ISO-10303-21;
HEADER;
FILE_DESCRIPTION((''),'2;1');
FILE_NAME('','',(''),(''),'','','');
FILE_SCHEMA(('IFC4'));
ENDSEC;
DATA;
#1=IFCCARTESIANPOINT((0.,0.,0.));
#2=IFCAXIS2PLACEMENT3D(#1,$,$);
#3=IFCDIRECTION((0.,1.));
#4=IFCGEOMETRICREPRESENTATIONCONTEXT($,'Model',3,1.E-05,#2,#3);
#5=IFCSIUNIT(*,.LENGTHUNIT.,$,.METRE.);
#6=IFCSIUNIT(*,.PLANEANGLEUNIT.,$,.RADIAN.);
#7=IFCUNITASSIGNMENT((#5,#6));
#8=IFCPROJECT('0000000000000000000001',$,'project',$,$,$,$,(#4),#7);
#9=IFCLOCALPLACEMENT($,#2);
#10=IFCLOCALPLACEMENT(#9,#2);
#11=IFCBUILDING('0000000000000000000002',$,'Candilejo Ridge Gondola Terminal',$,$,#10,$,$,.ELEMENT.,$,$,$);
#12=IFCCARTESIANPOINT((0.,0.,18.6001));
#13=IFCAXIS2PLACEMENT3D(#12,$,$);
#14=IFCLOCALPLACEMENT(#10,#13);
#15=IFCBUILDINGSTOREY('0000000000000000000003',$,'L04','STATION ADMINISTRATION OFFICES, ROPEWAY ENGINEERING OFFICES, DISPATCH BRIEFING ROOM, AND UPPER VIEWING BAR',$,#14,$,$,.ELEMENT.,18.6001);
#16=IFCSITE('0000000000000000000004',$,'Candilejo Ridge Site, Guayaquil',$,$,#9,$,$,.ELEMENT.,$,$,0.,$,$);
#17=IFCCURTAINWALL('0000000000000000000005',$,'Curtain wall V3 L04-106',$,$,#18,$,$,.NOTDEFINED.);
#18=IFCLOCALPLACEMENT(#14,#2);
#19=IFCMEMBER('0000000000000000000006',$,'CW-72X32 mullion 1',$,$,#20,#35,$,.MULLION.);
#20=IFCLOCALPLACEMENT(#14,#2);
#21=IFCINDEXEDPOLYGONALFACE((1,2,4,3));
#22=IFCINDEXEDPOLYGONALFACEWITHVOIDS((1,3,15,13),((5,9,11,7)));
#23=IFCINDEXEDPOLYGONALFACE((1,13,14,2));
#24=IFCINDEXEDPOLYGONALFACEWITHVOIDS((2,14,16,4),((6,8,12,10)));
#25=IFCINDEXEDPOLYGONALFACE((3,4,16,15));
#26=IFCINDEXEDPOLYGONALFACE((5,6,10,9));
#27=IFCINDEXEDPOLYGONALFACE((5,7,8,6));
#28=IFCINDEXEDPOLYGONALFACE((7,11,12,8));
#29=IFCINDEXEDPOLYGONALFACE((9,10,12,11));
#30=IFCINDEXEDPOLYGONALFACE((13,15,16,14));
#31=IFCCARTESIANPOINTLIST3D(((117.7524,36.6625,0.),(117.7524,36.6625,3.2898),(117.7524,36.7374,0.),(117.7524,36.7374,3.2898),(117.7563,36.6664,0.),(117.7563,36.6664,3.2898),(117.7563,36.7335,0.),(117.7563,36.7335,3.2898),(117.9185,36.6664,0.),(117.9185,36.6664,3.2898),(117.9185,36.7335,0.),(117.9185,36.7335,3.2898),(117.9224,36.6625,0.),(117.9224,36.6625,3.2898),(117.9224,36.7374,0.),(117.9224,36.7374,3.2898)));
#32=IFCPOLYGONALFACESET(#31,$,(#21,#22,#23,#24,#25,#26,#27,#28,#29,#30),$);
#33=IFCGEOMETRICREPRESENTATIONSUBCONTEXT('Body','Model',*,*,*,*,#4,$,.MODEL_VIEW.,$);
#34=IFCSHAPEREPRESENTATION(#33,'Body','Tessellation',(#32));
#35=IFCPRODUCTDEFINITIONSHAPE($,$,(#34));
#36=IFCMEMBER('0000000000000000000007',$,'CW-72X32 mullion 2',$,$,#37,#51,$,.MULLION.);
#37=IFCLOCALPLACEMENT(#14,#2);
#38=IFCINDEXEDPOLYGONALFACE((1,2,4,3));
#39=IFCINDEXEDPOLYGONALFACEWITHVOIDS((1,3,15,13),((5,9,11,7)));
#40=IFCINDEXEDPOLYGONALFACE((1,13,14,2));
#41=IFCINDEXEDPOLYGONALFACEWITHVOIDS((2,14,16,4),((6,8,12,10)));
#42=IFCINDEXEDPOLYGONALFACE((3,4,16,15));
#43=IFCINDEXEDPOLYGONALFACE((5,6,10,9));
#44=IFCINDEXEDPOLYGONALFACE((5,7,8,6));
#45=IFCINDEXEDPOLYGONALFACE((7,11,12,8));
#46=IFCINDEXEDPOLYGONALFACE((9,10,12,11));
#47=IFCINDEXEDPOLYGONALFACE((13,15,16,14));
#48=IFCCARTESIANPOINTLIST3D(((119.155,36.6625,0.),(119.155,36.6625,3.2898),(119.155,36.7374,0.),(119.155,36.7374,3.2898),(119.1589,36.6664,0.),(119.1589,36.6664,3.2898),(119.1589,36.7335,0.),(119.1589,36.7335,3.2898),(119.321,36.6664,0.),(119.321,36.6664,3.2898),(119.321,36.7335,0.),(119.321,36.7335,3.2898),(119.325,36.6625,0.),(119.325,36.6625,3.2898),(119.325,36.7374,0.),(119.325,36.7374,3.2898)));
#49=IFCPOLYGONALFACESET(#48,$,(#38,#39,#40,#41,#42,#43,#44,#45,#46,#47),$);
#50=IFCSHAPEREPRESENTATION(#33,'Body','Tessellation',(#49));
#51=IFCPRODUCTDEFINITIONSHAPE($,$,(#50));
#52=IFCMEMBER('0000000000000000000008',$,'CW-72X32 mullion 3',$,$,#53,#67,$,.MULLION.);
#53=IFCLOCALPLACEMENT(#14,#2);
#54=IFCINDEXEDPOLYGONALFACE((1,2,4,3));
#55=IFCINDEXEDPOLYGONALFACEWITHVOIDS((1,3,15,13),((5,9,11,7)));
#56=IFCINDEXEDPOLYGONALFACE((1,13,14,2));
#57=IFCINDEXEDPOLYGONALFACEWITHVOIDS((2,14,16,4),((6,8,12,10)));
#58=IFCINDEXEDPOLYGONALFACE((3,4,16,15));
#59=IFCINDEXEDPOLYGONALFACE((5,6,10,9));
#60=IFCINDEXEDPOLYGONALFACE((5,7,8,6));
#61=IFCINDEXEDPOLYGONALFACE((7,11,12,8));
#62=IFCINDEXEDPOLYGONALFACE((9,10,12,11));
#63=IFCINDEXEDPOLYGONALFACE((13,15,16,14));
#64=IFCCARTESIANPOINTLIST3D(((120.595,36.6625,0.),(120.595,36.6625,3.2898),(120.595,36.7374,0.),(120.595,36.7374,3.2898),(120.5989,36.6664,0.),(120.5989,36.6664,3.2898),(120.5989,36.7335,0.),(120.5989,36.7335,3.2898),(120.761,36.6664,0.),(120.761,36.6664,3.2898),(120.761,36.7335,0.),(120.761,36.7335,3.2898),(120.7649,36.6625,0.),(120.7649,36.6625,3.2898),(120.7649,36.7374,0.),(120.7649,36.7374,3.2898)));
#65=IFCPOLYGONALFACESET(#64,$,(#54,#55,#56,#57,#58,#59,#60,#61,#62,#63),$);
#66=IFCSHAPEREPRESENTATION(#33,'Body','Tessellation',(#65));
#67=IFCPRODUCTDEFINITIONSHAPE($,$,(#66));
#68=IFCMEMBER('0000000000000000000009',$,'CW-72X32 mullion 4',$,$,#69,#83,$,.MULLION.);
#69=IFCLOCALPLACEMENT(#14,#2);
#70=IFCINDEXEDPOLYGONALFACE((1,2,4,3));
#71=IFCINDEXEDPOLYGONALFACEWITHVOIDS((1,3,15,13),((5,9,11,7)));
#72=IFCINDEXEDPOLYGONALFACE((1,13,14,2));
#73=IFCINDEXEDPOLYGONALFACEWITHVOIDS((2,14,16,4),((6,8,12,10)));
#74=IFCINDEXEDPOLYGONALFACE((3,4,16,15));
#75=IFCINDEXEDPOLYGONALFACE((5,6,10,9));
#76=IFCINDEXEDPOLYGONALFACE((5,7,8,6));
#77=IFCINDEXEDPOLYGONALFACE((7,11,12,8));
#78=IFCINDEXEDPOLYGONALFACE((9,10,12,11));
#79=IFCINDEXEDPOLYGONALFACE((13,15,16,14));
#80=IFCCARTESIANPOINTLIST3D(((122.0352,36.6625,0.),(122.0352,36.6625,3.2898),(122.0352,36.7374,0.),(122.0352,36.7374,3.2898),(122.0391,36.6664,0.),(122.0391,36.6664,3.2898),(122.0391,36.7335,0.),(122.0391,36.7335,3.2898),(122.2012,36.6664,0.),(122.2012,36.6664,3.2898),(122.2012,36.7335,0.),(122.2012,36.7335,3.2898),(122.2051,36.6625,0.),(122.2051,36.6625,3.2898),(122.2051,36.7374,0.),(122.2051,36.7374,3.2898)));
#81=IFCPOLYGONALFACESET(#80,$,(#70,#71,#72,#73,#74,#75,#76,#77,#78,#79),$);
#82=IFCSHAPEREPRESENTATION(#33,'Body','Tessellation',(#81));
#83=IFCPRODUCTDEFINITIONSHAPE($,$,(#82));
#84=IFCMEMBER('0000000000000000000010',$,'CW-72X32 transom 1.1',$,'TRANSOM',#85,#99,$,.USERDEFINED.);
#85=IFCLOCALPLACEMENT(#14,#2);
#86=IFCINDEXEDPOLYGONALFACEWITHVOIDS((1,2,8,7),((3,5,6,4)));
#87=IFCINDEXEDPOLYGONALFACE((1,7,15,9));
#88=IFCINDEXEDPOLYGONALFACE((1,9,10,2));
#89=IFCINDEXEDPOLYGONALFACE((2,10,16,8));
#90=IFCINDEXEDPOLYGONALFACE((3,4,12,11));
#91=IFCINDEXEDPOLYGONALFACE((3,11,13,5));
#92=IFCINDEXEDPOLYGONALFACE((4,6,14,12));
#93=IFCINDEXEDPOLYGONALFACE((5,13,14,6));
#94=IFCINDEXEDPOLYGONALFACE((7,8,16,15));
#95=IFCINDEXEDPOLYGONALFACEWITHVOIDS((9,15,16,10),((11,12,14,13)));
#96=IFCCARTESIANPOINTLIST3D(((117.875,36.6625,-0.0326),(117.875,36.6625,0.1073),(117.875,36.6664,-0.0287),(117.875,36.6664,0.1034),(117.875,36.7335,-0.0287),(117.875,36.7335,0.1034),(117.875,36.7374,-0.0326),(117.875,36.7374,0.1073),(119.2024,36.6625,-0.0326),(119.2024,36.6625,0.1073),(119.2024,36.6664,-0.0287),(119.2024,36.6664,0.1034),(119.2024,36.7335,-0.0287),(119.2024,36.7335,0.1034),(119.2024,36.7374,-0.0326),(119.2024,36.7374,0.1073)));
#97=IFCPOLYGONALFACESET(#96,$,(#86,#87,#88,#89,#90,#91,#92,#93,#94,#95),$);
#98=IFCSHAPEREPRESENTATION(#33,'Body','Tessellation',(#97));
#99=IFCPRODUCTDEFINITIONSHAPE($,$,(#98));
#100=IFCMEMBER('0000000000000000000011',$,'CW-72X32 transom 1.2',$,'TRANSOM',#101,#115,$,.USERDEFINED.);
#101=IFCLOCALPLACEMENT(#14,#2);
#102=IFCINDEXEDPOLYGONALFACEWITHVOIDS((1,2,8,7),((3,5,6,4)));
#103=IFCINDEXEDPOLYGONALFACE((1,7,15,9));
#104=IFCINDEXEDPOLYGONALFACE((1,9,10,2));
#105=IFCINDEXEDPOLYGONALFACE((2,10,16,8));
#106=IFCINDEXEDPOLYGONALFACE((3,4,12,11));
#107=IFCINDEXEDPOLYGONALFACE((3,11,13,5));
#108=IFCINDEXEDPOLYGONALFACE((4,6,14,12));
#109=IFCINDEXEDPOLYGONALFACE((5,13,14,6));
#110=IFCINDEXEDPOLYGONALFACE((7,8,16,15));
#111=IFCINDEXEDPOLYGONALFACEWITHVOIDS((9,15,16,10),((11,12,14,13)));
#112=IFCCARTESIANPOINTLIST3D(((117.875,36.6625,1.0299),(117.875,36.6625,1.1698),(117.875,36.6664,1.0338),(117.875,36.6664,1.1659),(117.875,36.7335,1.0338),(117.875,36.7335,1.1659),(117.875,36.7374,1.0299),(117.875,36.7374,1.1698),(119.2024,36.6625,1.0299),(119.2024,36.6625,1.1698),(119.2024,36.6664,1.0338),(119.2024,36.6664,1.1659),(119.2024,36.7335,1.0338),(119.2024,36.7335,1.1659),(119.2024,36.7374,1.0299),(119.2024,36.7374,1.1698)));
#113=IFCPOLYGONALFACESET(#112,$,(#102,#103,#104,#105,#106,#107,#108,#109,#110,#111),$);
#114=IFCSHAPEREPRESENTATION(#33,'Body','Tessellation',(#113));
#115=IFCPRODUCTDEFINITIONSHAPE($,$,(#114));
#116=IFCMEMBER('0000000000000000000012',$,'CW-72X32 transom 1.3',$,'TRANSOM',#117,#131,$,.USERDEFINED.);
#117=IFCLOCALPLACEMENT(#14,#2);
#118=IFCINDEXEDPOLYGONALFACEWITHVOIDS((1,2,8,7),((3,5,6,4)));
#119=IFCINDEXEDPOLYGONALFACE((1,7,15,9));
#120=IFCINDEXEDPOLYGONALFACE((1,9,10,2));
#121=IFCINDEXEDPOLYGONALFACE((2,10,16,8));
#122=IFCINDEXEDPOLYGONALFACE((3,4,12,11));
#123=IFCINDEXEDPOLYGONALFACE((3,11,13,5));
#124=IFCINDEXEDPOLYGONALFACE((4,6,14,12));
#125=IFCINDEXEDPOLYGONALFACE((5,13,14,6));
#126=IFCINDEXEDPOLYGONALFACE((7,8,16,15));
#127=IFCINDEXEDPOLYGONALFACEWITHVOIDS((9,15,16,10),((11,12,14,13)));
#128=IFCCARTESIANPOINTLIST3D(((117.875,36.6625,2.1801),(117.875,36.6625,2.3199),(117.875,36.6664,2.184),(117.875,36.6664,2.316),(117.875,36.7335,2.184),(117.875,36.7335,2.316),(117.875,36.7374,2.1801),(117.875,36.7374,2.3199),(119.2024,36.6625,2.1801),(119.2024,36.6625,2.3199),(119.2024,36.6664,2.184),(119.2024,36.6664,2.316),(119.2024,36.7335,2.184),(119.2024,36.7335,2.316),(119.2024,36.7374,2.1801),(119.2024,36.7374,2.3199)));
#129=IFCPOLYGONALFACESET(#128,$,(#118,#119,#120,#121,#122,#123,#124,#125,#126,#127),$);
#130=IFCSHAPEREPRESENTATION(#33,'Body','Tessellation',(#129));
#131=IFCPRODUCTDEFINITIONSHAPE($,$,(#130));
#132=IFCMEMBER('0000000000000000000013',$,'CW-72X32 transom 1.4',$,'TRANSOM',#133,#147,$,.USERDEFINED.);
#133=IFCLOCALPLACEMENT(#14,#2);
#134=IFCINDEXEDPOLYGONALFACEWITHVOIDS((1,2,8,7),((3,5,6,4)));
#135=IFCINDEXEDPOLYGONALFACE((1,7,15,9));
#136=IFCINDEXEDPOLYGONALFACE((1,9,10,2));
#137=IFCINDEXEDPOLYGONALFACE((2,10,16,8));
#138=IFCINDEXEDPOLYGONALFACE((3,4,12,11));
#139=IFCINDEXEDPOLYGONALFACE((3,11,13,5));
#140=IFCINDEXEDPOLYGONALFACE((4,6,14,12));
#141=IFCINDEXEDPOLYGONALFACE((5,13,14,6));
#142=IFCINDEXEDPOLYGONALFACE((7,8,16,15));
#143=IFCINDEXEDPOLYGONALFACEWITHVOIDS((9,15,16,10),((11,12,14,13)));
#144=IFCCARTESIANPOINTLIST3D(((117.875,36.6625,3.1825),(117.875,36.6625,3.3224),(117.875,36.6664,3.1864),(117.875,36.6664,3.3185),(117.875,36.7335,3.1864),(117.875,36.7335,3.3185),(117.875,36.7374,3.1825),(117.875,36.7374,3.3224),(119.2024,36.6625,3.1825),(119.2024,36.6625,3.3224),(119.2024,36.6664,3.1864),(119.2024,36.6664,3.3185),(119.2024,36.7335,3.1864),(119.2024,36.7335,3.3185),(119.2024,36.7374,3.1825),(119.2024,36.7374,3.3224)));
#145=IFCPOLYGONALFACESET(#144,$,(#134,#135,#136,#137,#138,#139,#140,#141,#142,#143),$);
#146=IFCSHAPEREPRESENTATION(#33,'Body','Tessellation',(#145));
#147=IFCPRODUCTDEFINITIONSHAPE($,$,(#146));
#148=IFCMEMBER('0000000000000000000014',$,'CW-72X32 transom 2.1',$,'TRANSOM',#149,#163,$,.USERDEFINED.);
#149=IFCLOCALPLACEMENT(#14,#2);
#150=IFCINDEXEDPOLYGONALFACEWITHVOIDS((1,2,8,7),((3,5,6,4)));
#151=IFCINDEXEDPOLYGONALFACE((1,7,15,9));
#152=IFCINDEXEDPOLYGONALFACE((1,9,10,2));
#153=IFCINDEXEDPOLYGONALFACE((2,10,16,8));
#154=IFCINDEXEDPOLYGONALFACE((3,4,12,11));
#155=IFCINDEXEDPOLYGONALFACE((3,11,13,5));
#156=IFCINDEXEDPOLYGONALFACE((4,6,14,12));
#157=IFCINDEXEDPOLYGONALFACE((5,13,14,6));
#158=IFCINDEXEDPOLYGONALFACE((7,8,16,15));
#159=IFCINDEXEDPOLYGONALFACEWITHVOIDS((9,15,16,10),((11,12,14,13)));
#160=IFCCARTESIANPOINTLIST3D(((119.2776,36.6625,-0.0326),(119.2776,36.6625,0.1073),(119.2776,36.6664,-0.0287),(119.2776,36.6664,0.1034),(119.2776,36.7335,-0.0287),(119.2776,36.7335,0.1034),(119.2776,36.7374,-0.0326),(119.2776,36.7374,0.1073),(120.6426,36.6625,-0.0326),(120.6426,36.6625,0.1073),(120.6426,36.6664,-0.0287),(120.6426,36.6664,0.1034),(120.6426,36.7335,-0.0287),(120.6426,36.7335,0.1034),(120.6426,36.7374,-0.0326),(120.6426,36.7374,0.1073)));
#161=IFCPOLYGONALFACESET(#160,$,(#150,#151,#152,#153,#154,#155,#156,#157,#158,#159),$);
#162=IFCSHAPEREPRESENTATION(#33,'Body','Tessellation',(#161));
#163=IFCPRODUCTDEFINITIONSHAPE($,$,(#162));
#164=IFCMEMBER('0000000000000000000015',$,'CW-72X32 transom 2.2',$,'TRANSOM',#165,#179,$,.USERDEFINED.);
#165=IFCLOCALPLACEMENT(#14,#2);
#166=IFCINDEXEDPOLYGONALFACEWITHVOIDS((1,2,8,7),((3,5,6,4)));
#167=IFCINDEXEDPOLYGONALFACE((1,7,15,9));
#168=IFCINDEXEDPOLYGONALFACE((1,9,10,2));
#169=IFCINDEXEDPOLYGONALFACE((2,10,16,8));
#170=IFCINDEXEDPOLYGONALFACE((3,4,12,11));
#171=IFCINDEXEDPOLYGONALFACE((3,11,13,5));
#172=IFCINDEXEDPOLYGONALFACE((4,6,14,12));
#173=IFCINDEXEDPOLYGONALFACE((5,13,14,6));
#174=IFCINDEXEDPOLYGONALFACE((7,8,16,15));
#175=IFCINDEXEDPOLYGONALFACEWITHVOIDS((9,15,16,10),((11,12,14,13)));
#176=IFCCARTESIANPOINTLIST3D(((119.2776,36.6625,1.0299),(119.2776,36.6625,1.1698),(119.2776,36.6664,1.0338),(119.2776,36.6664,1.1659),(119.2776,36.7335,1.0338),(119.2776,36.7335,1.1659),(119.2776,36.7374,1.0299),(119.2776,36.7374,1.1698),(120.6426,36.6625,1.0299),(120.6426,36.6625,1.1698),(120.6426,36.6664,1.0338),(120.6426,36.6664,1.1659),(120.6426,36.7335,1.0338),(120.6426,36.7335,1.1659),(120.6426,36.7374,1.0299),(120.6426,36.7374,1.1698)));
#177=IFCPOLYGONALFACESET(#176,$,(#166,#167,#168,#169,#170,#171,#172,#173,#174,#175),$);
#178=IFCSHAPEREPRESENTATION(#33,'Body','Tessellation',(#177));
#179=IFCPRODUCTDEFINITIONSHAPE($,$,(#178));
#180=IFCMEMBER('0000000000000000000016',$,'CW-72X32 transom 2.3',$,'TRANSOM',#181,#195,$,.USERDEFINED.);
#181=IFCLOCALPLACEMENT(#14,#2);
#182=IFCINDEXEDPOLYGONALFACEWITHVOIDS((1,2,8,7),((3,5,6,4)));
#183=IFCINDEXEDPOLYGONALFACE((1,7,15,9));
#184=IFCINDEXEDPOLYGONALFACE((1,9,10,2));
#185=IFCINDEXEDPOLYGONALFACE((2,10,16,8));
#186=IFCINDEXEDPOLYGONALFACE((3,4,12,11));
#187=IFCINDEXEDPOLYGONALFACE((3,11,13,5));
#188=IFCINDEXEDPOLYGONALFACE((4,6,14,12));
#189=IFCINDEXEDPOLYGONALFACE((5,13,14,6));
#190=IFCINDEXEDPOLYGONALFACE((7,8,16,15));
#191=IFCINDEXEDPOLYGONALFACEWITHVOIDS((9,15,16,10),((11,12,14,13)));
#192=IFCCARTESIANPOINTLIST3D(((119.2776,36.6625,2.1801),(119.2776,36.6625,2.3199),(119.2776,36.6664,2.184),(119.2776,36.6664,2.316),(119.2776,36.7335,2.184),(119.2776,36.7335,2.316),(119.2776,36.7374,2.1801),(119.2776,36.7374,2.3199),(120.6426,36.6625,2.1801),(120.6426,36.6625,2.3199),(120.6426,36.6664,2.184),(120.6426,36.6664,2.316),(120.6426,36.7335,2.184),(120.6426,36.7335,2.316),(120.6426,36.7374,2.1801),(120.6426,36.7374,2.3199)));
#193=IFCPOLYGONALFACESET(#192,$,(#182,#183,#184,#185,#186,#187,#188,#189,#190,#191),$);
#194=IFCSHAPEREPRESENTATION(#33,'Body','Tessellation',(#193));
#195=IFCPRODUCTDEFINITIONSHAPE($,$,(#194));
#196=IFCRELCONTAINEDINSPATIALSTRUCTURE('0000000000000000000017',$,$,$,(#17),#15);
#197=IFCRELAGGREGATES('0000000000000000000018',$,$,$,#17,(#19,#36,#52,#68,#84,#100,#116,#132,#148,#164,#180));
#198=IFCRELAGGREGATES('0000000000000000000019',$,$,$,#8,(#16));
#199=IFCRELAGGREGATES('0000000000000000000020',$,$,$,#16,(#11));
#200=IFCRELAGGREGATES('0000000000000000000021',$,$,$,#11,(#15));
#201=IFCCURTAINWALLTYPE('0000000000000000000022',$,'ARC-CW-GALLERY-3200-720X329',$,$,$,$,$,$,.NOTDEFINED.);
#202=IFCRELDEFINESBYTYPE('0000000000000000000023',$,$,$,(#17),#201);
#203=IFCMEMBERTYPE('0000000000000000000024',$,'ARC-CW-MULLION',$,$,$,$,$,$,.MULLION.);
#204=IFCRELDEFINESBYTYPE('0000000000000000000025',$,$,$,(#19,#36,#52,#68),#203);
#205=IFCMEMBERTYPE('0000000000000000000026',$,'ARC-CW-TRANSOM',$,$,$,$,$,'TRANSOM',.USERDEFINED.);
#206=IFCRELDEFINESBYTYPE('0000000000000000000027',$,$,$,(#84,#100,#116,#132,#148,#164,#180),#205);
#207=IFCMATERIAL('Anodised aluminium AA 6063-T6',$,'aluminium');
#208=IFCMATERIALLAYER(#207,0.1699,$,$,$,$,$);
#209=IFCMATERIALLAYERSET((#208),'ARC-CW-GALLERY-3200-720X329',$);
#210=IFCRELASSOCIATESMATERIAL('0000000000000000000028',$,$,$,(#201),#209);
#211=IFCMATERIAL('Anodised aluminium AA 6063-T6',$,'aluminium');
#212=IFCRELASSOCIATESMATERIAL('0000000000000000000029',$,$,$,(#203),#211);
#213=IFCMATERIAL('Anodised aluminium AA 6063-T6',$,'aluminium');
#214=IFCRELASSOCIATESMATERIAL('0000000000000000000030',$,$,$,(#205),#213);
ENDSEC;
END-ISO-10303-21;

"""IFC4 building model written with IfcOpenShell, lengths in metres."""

from ifc_helpers import new_model, si_unit, direction, frame, origin, origin_2d, place, context, subcontext, project, spatial, hollow_rectangle, extrude, material, layer, layer_set, material_profile, profile_set, type_object, element, aggregate, save


model = new_model("IFC4")

# Units and contexts
model_context = context("Model", 3, precision=1e-05, world=origin(), true_north=direction((0.0, 1.0)))
body_context = subcontext(model_context, "Body", "Model", "MODEL_VIEW")
ifc_project = project(units=[si_unit("LENGTHUNIT", "METRE"), si_unit("PLANEANGLEUNIT", "RADIAN")], contexts=[model_context])

# Site, building, storey
site_placement = place(None, origin())
site = spatial("IfcSite", under=ifc_project, at=site_placement, Name="Candilejo Ridge Site, Guayaquil", CompositionType="ELEMENT", RefElevation=0.0)
building_placement = place(site_placement, origin())
building = spatial("IfcBuilding", under=site, at=building_placement, Name="Candilejo Ridge Gondola Terminal", CompositionType="ELEMENT")
storey_placement = place(building_placement, frame((0.0, 0.0, 18.6001)))
storey = spatial("IfcBuildingStorey", under=building, at=storey_placement, Name="L04", Description="STATION ADMINISTRATION OFFICES, ROPEWAY ENGINEERING OFFICES, DISPATCH BRIEFING ROOM, AND UPPER VIEWING BAR", CompositionType="ELEMENT", Elevation=18.6001)

# Curtain wall, members
ifc_material_1 = material(Name="Anodised aluminium AA 6063-T6", Category="aluminium")
ifc_layer_1 = layer(ifc_material_1, 0.1699)
ifc_layer_set_1 = layer_set([ifc_layer_1], Name="ARC-CW-GALLERY-3200-720X329")
curtain_wall_type = type_object("IfcCurtainWallType", Name="ARC-CW-GALLERY-3200-720X329", PredefinedType="NOTDEFINED", material=ifc_layer_set_1)
curtain_wall_placement = place(storey_placement, origin())
curtain_wall = element("IfcCurtainWall", 1, at=curtain_wall_placement, inside=storey, type_object=curtain_wall_type, Name="Curtain wall V3 L04-106", PredefinedType="NOTDEFINED")
ifc_material_2 = material(Name="Anodised aluminium AA 6063-T6", Category="aluminium")
ifc_material_profile_1 = material_profile(ifc_material_2, hollow_rectangle(XDim=0.075, YDim=0.1699, WallThickness=0.0039, at=origin_2d()))
ifc_profile_set_1 = profile_set([ifc_material_profile_1], Name="Anodised aluminium AA 6063-T6")
member_type_1 = type_object("IfcMemberType", Name="ARC-CW-MULLION", PredefinedType="MULLION", material=ifc_profile_set_1)
member_1_placement = place(storey_placement, frame((117.8374, 36.7, 0.0), z_axis=(0.0, 0.0, 1.0), x_axis=(0.0, 1.0, 0.0)))
member_1 = element("IfcMember", 2, at=member_1_placement, type_object=member_type_1, Name="CW-72X32 mullion 1", PredefinedType="MULLION", context=body_context, shape_type="SweptSolid", body=[
    extrude(hollow_rectangle(XDim=0.075, YDim=0.1699, WallThickness=0.0039, at=origin_2d()), origin(), (0.0, 0.0, 1.0), 3.2898),
])
member_2_placement = place(storey_placement, frame((119.24, 36.7, 0.0), z_axis=(0.0, 0.0, 1.0), x_axis=(0.0, 1.0, 0.0)))
member_2 = element("IfcMember", 3, at=member_2_placement, type_object=member_type_1, Name="CW-72X32 mullion 2", PredefinedType="MULLION", context=body_context, shape_type="SweptSolid", body=[
    extrude(hollow_rectangle(XDim=0.075, YDim=0.1699, WallThickness=0.0039, at=origin_2d()), origin(), (0.0, 0.0, 1.0), 3.2898),
])
member_3_placement = place(storey_placement, frame((120.6799, 36.7, 0.0), z_axis=(0.0, 0.0, 1.0), x_axis=(0.0, 1.0, 0.0)))
member_3 = element("IfcMember", 4, at=member_3_placement, type_object=member_type_1, Name="CW-72X32 mullion 3", PredefinedType="MULLION", context=body_context, shape_type="SweptSolid", body=[
    extrude(hollow_rectangle(XDim=0.075, YDim=0.1699, WallThickness=0.0039, at=origin_2d()), origin(), (0.0, 0.0, 1.0), 3.2898),
])
member_4_placement = place(storey_placement, frame((122.1201, 36.7, 0.0), z_axis=(0.0, 0.0, 1.0), x_axis=(0.0, 1.0, 0.0)))
member_4 = element("IfcMember", 5, at=member_4_placement, type_object=member_type_1, Name="CW-72X32 mullion 4", PredefinedType="MULLION", context=body_context, shape_type="SweptSolid", body=[
    extrude(hollow_rectangle(XDim=0.075, YDim=0.1699, WallThickness=0.0039, at=origin_2d()), origin(), (0.0, 0.0, 1.0), 3.2898),
])
ifc_material_3 = material(Name="Anodised aluminium AA 6063-T6", Category="aluminium")
ifc_material_profile_2 = material_profile(ifc_material_3, hollow_rectangle(XDim=0.075, YDim=0.1399, WallThickness=0.0039, at=origin_2d()))
ifc_profile_set_2 = profile_set([ifc_material_profile_2], Name="Anodised aluminium AA 6063-T6")
member_type_2 = type_object("IfcMemberType", Name="ARC-CW-TRANSOM", ElementType="TRANSOM", PredefinedType="USERDEFINED", material=ifc_profile_set_2)
member_5_placement = place(storey_placement, frame((117.875, 36.7, 0.0374), z_axis=(1.0, 0.0, 0.0), x_axis=(0.0, 1.0, 0.0)))
member_5 = element("IfcMember", 6, at=member_5_placement, type_object=member_type_2, Name="CW-72X32 transom 1.1", ObjectType="TRANSOM", PredefinedType="USERDEFINED", context=body_context, shape_type="SweptSolid", body=[
    extrude(hollow_rectangle(XDim=0.075, YDim=0.1399, WallThickness=0.0039, at=origin_2d()), origin(), (0.0, 0.0, 1.0), 1.3274),
])
member_6_placement = place(storey_placement, frame((117.875, 36.7, 1.0999), z_axis=(1.0, 0.0, 0.0), x_axis=(0.0, 1.0, 0.0)))
member_6 = element("IfcMember", 7, at=member_6_placement, type_object=member_type_2, Name="CW-72X32 transom 1.2", ObjectType="TRANSOM", PredefinedType="USERDEFINED", context=body_context, shape_type="SweptSolid", body=[
    extrude(hollow_rectangle(XDim=0.075, YDim=0.1399, WallThickness=0.0039, at=origin_2d()), origin(), (0.0, 0.0, 1.0), 1.3274),
])
member_7_placement = place(storey_placement, frame((117.875, 36.7, 2.25), z_axis=(1.0, 0.0, 0.0), x_axis=(0.0, 1.0, 0.0)))
member_7 = element("IfcMember", 8, at=member_7_placement, type_object=member_type_2, Name="CW-72X32 transom 1.3", ObjectType="TRANSOM", PredefinedType="USERDEFINED", context=body_context, shape_type="SweptSolid", body=[
    extrude(hollow_rectangle(XDim=0.075, YDim=0.1399, WallThickness=0.0039, at=origin_2d()), origin(), (0.0, 0.0, 1.0), 1.3274),
])
member_8_placement = place(storey_placement, frame((117.875, 36.7, 3.2524), z_axis=(1.0, 0.0, 0.0), x_axis=(0.0, 1.0, 0.0)))
member_8 = element("IfcMember", 9, at=member_8_placement, type_object=member_type_2, Name="CW-72X32 transom 1.4", ObjectType="TRANSOM", PredefinedType="USERDEFINED", context=body_context, shape_type="SweptSolid", body=[
    extrude(hollow_rectangle(XDim=0.075, YDim=0.1399, WallThickness=0.0039, at=origin_2d()), origin(), (0.0, 0.0, 1.0), 1.3274),
])
member_9_placement = place(storey_placement, frame((119.2776, 36.7, 0.0374), z_axis=(1.0, 0.0, 0.0), x_axis=(0.0, 1.0, 0.0)))
member_9 = element("IfcMember", 10, at=member_9_placement, type_object=member_type_2, Name="CW-72X32 transom 2.1", ObjectType="TRANSOM", PredefinedType="USERDEFINED", context=body_context, shape_type="SweptSolid", body=[
    extrude(hollow_rectangle(XDim=0.075, YDim=0.1399, WallThickness=0.0039, at=origin_2d()), origin(), (0.0, 0.0, 1.0), 1.365),
])
member_10_placement = place(storey_placement, frame((119.2776, 36.7, 1.0999), z_axis=(1.0, 0.0, 0.0), x_axis=(0.0, 1.0, 0.0)))
member_10 = element("IfcMember", 11, at=member_10_placement, type_object=member_type_2, Name="CW-72X32 transom 2.2", ObjectType="TRANSOM", PredefinedType="USERDEFINED", context=body_context, shape_type="SweptSolid", body=[
    extrude(hollow_rectangle(XDim=0.075, YDim=0.1399, WallThickness=0.0039, at=origin_2d()), origin(), (0.0, 0.0, 1.0), 1.365),
])
member_11_placement = place(storey_placement, frame((119.2776, 36.7, 2.25), z_axis=(1.0, 0.0, 0.0), x_axis=(0.0, 1.0, 0.0)))
member_11 = element("IfcMember", 12, at=member_11_placement, type_object=member_type_2, Name="CW-72X32 transom 2.3", ObjectType="TRANSOM", PredefinedType="USERDEFINED", context=body_context, shape_type="SweptSolid", body=[
    extrude(hollow_rectangle(XDim=0.075, YDim=0.1399, WallThickness=0.0039, at=origin_2d()), origin(), (0.0, 0.0, 1.0), 1.365),
])
aggregate(curtain_wall, [member_1, member_2, member_3, member_4, member_5, member_6, member_7, member_8, member_9, member_10, member_11])

save(model, "model.ifc")
